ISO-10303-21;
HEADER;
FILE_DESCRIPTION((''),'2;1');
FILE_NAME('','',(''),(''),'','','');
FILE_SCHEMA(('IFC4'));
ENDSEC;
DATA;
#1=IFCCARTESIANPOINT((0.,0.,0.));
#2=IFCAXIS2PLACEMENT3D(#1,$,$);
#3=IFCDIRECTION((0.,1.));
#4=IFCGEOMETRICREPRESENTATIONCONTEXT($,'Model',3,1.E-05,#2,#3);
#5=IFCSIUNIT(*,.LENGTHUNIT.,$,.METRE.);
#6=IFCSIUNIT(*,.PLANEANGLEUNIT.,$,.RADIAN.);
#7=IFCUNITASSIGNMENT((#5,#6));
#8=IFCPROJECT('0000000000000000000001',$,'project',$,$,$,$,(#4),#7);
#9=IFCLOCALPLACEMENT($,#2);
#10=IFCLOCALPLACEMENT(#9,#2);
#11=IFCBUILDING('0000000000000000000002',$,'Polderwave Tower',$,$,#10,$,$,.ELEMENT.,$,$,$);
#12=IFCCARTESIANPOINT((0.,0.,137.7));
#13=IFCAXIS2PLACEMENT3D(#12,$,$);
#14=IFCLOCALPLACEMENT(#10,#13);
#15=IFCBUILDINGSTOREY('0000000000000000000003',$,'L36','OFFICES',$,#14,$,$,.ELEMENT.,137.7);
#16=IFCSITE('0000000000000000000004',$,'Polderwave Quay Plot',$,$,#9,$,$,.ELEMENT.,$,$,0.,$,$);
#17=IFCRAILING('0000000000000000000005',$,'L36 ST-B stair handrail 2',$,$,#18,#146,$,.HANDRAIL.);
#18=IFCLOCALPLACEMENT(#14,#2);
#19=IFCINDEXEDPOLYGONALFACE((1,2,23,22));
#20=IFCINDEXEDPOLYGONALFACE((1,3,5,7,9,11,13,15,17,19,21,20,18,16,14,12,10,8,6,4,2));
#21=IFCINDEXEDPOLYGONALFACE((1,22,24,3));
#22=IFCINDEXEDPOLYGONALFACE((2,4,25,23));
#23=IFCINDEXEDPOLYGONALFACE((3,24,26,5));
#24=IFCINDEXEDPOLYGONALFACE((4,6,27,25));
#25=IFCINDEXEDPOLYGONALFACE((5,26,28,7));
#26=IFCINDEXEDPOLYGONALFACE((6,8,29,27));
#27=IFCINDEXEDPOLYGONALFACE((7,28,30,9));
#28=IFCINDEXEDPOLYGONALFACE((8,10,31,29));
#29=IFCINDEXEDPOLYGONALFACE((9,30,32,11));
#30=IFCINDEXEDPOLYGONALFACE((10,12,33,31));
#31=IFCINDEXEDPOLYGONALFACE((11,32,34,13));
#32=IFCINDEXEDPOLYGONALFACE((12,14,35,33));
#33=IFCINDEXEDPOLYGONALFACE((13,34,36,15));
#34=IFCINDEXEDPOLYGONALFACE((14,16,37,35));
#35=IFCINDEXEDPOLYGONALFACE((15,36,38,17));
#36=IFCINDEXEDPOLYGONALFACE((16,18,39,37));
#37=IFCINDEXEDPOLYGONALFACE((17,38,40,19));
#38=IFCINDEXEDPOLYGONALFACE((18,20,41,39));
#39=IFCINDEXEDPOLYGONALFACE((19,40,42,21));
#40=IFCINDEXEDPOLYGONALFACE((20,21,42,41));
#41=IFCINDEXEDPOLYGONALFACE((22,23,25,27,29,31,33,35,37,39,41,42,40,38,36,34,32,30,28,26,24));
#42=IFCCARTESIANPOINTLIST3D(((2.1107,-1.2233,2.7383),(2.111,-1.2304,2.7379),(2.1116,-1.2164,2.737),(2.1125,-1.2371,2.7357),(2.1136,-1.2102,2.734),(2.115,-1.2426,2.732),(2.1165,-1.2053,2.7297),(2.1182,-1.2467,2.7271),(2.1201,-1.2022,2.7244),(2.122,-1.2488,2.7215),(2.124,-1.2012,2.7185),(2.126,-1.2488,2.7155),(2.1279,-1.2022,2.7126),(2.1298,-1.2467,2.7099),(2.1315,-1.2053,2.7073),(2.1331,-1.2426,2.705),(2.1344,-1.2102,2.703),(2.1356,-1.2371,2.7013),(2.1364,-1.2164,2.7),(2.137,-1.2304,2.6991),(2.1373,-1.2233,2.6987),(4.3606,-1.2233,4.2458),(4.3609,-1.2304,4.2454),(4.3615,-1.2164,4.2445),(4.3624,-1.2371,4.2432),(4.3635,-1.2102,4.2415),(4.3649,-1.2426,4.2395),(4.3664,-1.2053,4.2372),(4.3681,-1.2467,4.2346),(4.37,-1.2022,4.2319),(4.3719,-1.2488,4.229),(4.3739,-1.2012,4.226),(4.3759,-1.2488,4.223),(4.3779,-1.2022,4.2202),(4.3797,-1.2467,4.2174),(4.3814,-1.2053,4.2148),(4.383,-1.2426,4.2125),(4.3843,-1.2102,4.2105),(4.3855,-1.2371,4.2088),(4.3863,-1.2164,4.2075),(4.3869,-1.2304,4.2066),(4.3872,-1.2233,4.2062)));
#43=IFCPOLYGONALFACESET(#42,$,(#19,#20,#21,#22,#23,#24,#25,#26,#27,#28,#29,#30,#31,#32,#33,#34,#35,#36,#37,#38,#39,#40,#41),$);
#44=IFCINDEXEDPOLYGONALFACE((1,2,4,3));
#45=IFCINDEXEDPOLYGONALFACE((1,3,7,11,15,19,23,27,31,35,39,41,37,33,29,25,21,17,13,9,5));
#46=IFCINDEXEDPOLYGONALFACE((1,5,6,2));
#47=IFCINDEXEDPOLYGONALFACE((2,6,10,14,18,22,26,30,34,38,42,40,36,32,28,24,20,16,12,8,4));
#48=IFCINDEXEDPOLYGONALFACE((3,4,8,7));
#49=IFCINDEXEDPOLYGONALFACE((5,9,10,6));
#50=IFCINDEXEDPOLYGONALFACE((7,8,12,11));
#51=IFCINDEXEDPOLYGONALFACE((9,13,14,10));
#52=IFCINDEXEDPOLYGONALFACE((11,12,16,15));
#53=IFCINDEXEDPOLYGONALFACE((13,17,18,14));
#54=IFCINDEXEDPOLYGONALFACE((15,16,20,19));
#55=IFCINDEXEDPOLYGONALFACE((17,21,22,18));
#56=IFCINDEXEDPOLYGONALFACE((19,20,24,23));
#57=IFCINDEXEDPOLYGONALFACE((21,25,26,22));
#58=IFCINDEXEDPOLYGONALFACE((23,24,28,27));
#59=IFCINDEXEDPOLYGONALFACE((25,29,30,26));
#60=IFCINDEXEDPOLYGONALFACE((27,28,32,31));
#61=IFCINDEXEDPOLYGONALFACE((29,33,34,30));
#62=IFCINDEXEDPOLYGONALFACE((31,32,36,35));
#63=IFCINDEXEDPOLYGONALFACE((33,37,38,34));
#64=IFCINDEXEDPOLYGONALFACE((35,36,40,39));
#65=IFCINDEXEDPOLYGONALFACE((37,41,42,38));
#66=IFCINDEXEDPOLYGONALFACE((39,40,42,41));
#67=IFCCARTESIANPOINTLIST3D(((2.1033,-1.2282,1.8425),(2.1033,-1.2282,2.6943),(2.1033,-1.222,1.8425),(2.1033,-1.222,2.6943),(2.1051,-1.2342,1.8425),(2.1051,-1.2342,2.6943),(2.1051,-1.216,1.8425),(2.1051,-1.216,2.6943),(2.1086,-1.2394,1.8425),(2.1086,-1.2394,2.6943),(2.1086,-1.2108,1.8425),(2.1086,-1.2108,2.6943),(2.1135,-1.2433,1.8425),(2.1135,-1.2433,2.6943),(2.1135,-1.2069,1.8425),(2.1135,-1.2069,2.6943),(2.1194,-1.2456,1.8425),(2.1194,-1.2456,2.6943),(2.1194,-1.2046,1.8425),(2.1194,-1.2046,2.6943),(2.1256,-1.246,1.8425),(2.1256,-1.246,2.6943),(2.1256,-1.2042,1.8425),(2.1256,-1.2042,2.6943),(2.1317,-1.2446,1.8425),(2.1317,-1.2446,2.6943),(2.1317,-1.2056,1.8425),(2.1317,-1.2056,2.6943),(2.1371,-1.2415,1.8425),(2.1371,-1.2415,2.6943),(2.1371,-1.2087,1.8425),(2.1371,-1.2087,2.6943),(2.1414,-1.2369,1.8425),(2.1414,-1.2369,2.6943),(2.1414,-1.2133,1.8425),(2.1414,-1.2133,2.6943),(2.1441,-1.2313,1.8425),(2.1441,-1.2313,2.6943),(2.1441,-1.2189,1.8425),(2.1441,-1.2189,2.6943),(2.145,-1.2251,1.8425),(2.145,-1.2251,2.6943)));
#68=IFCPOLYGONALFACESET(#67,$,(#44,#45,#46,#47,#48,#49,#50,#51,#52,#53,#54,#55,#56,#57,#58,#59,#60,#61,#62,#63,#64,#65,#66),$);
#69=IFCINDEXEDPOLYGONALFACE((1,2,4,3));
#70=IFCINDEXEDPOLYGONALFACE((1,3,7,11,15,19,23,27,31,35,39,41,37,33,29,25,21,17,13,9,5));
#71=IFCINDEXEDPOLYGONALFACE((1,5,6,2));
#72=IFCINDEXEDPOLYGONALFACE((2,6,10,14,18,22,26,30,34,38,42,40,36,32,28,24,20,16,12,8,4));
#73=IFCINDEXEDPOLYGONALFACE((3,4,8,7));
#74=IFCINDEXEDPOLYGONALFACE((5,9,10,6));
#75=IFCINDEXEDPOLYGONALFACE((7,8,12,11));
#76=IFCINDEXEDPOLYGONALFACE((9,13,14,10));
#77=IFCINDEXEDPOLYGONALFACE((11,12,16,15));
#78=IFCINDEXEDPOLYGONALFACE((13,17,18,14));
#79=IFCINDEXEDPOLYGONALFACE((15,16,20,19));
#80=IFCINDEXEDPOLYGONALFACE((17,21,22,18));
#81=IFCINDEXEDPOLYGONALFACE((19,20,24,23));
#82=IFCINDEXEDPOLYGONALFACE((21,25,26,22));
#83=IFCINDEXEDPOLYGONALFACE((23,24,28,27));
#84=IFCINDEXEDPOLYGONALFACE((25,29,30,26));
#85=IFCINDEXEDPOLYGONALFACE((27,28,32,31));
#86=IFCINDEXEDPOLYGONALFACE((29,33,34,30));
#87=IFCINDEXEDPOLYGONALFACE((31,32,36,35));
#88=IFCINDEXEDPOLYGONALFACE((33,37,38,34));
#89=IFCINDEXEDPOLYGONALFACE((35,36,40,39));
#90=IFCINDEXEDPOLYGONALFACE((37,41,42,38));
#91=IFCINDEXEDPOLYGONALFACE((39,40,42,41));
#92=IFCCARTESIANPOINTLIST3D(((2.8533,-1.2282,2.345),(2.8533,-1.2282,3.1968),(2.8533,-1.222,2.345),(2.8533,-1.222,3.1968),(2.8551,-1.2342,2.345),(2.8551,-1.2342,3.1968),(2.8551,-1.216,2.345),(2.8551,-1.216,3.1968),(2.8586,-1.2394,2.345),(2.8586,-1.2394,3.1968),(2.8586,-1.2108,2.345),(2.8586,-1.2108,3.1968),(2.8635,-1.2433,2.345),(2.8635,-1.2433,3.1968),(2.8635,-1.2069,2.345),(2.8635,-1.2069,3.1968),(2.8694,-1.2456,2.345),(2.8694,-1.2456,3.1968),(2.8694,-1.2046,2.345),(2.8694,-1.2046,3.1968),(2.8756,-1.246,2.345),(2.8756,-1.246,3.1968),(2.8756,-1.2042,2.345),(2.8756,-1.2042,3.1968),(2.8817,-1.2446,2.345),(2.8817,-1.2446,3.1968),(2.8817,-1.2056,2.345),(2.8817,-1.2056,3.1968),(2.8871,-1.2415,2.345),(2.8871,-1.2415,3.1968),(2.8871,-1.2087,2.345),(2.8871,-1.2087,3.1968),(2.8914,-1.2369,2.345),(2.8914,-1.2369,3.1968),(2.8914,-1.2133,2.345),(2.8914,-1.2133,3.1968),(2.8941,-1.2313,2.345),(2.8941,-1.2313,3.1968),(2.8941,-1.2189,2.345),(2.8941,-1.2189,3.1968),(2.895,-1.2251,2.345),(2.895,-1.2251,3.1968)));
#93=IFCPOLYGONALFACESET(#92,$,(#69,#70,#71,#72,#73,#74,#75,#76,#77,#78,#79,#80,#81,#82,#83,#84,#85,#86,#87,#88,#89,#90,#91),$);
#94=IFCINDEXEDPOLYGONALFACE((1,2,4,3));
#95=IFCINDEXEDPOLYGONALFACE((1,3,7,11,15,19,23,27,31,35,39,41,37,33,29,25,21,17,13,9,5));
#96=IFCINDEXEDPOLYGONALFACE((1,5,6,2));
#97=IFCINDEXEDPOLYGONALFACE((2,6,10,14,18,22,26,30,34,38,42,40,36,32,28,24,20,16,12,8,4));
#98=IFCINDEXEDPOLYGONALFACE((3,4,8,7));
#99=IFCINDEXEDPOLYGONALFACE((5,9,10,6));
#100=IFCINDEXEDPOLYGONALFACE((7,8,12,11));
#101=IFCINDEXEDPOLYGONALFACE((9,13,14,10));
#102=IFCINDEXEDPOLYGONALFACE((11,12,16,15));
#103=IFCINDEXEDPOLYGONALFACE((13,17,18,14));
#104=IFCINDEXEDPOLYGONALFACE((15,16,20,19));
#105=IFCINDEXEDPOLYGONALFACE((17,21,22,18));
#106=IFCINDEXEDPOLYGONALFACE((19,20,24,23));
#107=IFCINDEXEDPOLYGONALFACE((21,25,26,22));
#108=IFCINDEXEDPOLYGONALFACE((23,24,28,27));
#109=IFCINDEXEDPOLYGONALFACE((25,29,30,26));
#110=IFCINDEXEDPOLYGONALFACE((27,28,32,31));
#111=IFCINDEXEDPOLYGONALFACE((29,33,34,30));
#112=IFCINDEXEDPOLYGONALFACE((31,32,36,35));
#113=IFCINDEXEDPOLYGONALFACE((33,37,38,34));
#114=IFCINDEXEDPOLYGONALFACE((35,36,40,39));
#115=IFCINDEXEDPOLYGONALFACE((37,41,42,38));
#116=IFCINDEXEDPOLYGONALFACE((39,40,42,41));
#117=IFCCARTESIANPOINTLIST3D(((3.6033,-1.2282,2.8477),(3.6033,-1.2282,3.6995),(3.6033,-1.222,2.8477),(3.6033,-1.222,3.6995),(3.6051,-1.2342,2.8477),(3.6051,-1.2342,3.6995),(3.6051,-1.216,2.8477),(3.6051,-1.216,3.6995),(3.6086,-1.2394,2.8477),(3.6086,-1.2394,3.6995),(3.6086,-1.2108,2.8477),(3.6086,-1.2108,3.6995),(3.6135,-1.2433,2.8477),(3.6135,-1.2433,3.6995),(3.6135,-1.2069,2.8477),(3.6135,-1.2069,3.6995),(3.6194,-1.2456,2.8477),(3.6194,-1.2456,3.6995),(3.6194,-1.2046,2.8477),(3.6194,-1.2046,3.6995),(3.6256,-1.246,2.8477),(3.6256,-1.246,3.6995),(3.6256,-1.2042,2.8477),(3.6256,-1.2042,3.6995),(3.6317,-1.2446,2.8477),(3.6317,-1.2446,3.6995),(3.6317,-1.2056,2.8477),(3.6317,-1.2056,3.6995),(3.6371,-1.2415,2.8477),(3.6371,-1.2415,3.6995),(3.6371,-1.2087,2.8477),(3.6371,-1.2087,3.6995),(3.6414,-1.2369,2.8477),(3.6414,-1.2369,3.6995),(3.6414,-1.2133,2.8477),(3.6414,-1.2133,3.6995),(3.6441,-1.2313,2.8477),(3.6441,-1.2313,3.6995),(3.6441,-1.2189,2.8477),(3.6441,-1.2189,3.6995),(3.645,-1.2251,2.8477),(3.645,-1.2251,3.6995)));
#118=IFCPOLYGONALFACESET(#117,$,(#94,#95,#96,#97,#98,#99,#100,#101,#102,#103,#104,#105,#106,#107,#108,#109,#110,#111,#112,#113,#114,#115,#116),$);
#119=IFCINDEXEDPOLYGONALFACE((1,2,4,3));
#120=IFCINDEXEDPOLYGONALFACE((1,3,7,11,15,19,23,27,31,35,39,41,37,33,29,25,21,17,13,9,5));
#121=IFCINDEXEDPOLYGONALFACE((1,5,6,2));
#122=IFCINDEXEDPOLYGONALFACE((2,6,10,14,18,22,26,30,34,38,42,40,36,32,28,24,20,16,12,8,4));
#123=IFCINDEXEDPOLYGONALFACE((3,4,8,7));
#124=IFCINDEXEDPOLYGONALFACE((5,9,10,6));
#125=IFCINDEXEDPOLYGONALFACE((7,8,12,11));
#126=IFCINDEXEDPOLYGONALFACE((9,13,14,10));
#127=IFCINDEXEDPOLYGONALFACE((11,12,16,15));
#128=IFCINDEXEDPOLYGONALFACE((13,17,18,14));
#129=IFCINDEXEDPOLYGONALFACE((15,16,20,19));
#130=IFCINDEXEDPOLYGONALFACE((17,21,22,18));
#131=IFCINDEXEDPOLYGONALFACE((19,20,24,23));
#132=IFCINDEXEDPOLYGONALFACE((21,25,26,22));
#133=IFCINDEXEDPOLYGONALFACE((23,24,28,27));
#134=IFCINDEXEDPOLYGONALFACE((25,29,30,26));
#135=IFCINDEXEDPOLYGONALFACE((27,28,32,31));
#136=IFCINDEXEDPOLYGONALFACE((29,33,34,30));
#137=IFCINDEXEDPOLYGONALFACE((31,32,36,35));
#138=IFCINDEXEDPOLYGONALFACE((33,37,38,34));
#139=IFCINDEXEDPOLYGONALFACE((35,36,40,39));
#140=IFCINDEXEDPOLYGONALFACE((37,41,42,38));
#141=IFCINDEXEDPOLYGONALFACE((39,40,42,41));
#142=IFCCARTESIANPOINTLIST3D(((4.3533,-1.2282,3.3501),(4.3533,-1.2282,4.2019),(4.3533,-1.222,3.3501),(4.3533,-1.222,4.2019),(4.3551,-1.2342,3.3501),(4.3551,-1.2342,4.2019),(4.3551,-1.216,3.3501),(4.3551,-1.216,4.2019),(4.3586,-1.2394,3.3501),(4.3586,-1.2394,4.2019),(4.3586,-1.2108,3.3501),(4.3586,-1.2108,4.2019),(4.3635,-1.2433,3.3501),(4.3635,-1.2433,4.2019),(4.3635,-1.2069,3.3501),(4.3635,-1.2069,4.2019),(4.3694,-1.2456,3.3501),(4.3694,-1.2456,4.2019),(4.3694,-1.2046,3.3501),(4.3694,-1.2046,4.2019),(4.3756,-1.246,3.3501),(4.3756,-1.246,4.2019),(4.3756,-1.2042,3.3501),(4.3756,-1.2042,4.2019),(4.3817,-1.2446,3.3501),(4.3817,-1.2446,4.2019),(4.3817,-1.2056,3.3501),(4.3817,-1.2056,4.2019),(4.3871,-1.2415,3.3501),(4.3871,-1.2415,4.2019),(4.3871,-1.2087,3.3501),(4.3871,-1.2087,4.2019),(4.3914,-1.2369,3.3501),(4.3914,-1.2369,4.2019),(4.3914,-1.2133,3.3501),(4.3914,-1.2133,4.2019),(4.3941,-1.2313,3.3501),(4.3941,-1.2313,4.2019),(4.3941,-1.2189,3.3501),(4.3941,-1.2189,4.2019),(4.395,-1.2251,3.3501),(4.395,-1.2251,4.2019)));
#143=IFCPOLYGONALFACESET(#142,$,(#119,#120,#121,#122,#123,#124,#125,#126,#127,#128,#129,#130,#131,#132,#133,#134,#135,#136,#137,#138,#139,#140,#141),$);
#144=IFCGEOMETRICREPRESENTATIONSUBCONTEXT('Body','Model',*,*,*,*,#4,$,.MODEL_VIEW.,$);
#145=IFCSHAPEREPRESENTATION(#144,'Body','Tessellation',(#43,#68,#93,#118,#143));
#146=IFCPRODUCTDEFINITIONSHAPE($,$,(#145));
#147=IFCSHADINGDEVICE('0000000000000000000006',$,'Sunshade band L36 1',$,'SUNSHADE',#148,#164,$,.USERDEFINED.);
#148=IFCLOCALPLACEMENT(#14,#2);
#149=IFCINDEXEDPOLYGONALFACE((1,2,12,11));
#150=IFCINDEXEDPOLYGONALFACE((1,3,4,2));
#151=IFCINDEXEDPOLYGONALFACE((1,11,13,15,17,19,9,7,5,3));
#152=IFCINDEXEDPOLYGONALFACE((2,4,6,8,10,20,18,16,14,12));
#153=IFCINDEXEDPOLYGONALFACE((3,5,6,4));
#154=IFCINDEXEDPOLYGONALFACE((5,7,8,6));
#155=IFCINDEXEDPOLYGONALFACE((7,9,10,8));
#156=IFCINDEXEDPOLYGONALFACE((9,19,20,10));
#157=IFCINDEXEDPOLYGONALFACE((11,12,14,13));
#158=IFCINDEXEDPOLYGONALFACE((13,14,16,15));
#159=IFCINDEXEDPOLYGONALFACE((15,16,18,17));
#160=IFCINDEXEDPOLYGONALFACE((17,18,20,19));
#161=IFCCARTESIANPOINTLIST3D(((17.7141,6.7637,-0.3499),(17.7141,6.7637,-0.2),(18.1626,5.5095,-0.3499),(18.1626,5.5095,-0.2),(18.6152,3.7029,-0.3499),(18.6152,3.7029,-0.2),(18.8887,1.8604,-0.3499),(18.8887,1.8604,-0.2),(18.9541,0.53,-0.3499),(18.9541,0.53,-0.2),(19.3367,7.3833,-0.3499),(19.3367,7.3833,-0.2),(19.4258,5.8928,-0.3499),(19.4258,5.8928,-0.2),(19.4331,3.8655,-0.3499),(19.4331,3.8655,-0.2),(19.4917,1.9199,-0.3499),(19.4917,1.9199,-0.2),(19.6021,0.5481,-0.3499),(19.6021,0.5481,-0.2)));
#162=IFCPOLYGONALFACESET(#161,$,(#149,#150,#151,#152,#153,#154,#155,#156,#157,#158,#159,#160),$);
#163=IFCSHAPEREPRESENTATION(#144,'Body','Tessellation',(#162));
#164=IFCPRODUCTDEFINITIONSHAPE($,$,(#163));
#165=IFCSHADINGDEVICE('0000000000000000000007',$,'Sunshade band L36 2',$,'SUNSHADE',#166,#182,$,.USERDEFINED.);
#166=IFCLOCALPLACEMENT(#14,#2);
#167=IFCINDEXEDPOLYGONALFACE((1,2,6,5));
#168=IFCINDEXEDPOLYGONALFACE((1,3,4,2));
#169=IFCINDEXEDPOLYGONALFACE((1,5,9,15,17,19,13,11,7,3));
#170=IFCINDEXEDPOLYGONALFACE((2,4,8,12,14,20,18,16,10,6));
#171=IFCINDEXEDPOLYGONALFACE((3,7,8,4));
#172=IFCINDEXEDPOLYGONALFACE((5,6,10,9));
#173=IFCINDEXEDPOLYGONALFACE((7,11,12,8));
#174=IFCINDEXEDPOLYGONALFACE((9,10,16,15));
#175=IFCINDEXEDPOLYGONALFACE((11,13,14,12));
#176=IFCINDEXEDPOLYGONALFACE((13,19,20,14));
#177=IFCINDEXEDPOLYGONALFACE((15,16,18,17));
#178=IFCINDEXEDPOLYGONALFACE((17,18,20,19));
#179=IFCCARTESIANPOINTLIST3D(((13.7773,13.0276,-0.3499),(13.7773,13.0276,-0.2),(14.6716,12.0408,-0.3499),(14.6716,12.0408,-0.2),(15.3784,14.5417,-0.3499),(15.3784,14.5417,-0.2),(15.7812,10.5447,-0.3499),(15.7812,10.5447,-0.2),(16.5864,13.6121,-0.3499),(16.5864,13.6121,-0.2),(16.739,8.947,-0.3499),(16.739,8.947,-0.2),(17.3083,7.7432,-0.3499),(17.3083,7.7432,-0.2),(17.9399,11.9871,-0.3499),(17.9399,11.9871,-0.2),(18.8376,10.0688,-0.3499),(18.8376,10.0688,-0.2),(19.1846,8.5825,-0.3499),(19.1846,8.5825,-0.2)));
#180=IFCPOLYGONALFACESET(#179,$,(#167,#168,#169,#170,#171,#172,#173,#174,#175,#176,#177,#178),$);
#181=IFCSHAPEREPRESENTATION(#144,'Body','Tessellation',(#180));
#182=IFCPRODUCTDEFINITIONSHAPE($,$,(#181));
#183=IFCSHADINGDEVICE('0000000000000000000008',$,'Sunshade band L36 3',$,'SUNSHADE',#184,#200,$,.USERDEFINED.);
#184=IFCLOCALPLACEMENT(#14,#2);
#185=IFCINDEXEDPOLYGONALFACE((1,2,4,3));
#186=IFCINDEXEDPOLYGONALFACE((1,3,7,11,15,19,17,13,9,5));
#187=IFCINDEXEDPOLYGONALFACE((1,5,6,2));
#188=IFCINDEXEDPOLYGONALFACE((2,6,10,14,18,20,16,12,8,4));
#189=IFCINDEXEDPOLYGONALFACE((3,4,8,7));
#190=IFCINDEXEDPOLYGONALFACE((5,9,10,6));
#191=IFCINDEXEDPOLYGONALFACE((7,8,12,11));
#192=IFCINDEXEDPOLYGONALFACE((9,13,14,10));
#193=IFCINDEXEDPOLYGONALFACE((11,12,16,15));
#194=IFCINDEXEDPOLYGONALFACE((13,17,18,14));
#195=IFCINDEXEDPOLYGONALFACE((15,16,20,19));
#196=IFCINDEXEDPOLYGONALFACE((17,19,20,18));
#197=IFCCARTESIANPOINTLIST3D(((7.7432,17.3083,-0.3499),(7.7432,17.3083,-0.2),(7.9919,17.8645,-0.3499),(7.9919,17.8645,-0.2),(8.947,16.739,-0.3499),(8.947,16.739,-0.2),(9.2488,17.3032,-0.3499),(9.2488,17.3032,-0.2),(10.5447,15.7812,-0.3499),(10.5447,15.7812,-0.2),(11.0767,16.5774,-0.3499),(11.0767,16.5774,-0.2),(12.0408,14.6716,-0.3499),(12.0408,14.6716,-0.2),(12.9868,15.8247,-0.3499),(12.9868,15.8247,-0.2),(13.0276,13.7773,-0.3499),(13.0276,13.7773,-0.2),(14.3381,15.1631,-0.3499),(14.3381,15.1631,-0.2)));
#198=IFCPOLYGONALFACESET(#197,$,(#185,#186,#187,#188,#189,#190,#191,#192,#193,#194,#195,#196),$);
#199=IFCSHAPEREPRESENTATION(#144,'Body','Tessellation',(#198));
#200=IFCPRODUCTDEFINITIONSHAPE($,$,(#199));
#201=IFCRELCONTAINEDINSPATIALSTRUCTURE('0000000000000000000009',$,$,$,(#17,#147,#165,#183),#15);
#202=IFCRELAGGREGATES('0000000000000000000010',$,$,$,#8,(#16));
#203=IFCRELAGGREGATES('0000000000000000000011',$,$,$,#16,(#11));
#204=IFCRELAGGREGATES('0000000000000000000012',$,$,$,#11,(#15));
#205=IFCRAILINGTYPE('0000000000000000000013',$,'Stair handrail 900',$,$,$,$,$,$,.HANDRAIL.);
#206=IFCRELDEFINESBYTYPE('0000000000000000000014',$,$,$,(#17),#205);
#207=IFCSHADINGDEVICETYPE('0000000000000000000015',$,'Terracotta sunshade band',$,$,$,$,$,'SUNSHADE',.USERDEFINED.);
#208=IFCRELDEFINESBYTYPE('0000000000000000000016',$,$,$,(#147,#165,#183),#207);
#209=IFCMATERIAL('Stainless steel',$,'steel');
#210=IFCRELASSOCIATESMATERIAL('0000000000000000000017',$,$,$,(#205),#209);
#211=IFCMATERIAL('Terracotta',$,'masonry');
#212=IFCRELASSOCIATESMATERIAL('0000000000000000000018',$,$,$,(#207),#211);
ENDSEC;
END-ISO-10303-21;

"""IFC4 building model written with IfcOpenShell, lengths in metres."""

from ifc_helpers import new_model, si_unit, direction, frame, origin, origin_2d, place, context, subcontext, project, spatial, polyline, circle, outline, extrude, material, type_object, element, save


model = new_model("IFC4")

# Units and contexts
model_context = context("Model", 3, precision=1e-05, world=origin(), true_north=direction((0.0, 1.0)))
body_context = subcontext(model_context, "Body", "Model", "MODEL_VIEW")
ifc_project = project(units=[si_unit("LENGTHUNIT", "METRE"), si_unit("PLANEANGLEUNIT", "RADIAN")], contexts=[model_context])

# Site, building, storey
site_placement = place(None, origin())
site = spatial("IfcSite", under=ifc_project, at=site_placement, Name="Polderwave Quay Plot", CompositionType="ELEMENT", RefElevation=0.0)
building_placement = place(site_placement, origin())
building = spatial("IfcBuilding", under=site, at=building_placement, Name="Polderwave Tower", CompositionType="ELEMENT")
storey_placement = place(building_placement, frame((0.0, 0.0, 137.7)))
storey = spatial("IfcBuildingStorey", under=building, at=storey_placement, Name="L36", Description="OFFICES", CompositionType="ELEMENT", Elevation=137.7)

# Railing
ifc_material_1 = material(Name="Stainless steel", Category="steel")
railing_type_1 = type_object("IfcRailingType", Name="Stair handrail 900", PredefinedType="HANDRAIL", material=ifc_material_1)
railing_1_placement = place(storey_placement, frame((2.124, -1.2251, 1.8425)))
element("IfcRailing", 1, at=railing_1_placement, inside=storey, type_object=railing_type_1, Name="L36 ST-B stair handrail 2", PredefinedType="HANDRAIL", context=body_context, shape_type="SweptSolid", body=[
    extrude(circle(Radius=0.0239, at=origin_2d()), frame((0.0, 0.0, 0.876), z_axis=(0.830758, 0.0, 0.556633), x_axis=(0.0, 1.0, 0.0)), (0.0, 0.0, 1.0), 2.7083),
    extrude(circle(Radius=0.021, at=origin_2d()), origin(), (0.0, 0.0, 1.0), 0.8518),
    extrude(circle(Radius=0.021, at=origin_2d()), frame((0.75, 0.0, 0.5024)), (0.0, 0.0, 1.0), 0.8518),
    extrude(circle(Radius=0.021, at=origin_2d()), frame((1.5, 0.0, 1.0051)), (0.0, 0.0, 1.0), 0.8518),
    extrude(circle(Radius=0.021, at=origin_2d()), frame((2.25, 0.0, 1.5076)), (0.0, 0.0, 1.0), 0.8518),
])

# Shading devices
ifc_material_2 = material(Name="Terracotta", Category="masonry")
shading_device_type = type_object("IfcShadingDeviceType", Name="Terracotta sunshade band", ElementType="SUNSHADE", PredefinedType="USERDEFINED", material=ifc_material_2)
shading_device_1_placement = place(storey_placement, frame((0.0, 0.0, -0.3499)))
element("IfcShadingDevice", 2, at=shading_device_1_placement, inside=storey, type_object=shading_device_type, Name="Sunshade band L36 1", ObjectType="SUNSHADE", PredefinedType="USERDEFINED", context=body_context, shape_type="SweptSolid", body=[
    extrude(outline(polyline([(18.9541, 0.53), (18.8887, 1.8604), (18.6152, 3.7029), (18.1626, 5.5095), (17.7141, 6.7637), (19.3367, 7.3833), (19.4258, 5.8928), (19.4331, 3.8655), (19.4917, 1.9199), (19.6021, 0.5481), (18.9541, 0.53)])), origin(), (0.0, 0.0, 1.0), 0.1499),
])
shading_device_2_placement = place(storey_placement, frame((0.0, 0.0, -0.3499)))
element("IfcShadingDevice", 3, at=shading_device_2_placement, inside=storey, type_object=shading_device_type, Name="Sunshade band L36 2", ObjectType="SUNSHADE", PredefinedType="USERDEFINED", context=body_context, shape_type="SweptSolid", body=[
    extrude(outline(polyline([(17.3083, 7.7432), (16.739, 8.947), (15.7812, 10.5447), (14.6716, 12.0408), (13.7773, 13.0276), (15.3784, 14.5417), (16.5864, 13.6121), (17.9399, 11.9871), (18.8376, 10.0688), (19.1846, 8.5825), (17.3083, 7.7432)])), origin(), (0.0, 0.0, 1.0), 0.1499),
])
shading_device_3_placement = place(storey_placement, frame((0.0, 0.0, -0.3499)))
element("IfcShadingDevice", 4, at=shading_device_3_placement, inside=storey, type_object=shading_device_type, Name="Sunshade band L36 3", ObjectType="SUNSHADE", PredefinedType="USERDEFINED", context=body_context, shape_type="SweptSolid", body=[
    extrude(outline(polyline([(13.0276, 13.7773), (12.0408, 14.6716), (10.5447, 15.7812), (8.947, 16.739), (7.7432, 17.3083), (7.9919, 17.8645), (9.2488, 17.3032), (11.0767, 16.5774), (12.9868, 15.8247), (14.3381, 15.1631), (13.0276, 13.7773)])), origin(), (0.0, 0.0, 1.0), 0.1499),
])

save(model, "model.ifc")
